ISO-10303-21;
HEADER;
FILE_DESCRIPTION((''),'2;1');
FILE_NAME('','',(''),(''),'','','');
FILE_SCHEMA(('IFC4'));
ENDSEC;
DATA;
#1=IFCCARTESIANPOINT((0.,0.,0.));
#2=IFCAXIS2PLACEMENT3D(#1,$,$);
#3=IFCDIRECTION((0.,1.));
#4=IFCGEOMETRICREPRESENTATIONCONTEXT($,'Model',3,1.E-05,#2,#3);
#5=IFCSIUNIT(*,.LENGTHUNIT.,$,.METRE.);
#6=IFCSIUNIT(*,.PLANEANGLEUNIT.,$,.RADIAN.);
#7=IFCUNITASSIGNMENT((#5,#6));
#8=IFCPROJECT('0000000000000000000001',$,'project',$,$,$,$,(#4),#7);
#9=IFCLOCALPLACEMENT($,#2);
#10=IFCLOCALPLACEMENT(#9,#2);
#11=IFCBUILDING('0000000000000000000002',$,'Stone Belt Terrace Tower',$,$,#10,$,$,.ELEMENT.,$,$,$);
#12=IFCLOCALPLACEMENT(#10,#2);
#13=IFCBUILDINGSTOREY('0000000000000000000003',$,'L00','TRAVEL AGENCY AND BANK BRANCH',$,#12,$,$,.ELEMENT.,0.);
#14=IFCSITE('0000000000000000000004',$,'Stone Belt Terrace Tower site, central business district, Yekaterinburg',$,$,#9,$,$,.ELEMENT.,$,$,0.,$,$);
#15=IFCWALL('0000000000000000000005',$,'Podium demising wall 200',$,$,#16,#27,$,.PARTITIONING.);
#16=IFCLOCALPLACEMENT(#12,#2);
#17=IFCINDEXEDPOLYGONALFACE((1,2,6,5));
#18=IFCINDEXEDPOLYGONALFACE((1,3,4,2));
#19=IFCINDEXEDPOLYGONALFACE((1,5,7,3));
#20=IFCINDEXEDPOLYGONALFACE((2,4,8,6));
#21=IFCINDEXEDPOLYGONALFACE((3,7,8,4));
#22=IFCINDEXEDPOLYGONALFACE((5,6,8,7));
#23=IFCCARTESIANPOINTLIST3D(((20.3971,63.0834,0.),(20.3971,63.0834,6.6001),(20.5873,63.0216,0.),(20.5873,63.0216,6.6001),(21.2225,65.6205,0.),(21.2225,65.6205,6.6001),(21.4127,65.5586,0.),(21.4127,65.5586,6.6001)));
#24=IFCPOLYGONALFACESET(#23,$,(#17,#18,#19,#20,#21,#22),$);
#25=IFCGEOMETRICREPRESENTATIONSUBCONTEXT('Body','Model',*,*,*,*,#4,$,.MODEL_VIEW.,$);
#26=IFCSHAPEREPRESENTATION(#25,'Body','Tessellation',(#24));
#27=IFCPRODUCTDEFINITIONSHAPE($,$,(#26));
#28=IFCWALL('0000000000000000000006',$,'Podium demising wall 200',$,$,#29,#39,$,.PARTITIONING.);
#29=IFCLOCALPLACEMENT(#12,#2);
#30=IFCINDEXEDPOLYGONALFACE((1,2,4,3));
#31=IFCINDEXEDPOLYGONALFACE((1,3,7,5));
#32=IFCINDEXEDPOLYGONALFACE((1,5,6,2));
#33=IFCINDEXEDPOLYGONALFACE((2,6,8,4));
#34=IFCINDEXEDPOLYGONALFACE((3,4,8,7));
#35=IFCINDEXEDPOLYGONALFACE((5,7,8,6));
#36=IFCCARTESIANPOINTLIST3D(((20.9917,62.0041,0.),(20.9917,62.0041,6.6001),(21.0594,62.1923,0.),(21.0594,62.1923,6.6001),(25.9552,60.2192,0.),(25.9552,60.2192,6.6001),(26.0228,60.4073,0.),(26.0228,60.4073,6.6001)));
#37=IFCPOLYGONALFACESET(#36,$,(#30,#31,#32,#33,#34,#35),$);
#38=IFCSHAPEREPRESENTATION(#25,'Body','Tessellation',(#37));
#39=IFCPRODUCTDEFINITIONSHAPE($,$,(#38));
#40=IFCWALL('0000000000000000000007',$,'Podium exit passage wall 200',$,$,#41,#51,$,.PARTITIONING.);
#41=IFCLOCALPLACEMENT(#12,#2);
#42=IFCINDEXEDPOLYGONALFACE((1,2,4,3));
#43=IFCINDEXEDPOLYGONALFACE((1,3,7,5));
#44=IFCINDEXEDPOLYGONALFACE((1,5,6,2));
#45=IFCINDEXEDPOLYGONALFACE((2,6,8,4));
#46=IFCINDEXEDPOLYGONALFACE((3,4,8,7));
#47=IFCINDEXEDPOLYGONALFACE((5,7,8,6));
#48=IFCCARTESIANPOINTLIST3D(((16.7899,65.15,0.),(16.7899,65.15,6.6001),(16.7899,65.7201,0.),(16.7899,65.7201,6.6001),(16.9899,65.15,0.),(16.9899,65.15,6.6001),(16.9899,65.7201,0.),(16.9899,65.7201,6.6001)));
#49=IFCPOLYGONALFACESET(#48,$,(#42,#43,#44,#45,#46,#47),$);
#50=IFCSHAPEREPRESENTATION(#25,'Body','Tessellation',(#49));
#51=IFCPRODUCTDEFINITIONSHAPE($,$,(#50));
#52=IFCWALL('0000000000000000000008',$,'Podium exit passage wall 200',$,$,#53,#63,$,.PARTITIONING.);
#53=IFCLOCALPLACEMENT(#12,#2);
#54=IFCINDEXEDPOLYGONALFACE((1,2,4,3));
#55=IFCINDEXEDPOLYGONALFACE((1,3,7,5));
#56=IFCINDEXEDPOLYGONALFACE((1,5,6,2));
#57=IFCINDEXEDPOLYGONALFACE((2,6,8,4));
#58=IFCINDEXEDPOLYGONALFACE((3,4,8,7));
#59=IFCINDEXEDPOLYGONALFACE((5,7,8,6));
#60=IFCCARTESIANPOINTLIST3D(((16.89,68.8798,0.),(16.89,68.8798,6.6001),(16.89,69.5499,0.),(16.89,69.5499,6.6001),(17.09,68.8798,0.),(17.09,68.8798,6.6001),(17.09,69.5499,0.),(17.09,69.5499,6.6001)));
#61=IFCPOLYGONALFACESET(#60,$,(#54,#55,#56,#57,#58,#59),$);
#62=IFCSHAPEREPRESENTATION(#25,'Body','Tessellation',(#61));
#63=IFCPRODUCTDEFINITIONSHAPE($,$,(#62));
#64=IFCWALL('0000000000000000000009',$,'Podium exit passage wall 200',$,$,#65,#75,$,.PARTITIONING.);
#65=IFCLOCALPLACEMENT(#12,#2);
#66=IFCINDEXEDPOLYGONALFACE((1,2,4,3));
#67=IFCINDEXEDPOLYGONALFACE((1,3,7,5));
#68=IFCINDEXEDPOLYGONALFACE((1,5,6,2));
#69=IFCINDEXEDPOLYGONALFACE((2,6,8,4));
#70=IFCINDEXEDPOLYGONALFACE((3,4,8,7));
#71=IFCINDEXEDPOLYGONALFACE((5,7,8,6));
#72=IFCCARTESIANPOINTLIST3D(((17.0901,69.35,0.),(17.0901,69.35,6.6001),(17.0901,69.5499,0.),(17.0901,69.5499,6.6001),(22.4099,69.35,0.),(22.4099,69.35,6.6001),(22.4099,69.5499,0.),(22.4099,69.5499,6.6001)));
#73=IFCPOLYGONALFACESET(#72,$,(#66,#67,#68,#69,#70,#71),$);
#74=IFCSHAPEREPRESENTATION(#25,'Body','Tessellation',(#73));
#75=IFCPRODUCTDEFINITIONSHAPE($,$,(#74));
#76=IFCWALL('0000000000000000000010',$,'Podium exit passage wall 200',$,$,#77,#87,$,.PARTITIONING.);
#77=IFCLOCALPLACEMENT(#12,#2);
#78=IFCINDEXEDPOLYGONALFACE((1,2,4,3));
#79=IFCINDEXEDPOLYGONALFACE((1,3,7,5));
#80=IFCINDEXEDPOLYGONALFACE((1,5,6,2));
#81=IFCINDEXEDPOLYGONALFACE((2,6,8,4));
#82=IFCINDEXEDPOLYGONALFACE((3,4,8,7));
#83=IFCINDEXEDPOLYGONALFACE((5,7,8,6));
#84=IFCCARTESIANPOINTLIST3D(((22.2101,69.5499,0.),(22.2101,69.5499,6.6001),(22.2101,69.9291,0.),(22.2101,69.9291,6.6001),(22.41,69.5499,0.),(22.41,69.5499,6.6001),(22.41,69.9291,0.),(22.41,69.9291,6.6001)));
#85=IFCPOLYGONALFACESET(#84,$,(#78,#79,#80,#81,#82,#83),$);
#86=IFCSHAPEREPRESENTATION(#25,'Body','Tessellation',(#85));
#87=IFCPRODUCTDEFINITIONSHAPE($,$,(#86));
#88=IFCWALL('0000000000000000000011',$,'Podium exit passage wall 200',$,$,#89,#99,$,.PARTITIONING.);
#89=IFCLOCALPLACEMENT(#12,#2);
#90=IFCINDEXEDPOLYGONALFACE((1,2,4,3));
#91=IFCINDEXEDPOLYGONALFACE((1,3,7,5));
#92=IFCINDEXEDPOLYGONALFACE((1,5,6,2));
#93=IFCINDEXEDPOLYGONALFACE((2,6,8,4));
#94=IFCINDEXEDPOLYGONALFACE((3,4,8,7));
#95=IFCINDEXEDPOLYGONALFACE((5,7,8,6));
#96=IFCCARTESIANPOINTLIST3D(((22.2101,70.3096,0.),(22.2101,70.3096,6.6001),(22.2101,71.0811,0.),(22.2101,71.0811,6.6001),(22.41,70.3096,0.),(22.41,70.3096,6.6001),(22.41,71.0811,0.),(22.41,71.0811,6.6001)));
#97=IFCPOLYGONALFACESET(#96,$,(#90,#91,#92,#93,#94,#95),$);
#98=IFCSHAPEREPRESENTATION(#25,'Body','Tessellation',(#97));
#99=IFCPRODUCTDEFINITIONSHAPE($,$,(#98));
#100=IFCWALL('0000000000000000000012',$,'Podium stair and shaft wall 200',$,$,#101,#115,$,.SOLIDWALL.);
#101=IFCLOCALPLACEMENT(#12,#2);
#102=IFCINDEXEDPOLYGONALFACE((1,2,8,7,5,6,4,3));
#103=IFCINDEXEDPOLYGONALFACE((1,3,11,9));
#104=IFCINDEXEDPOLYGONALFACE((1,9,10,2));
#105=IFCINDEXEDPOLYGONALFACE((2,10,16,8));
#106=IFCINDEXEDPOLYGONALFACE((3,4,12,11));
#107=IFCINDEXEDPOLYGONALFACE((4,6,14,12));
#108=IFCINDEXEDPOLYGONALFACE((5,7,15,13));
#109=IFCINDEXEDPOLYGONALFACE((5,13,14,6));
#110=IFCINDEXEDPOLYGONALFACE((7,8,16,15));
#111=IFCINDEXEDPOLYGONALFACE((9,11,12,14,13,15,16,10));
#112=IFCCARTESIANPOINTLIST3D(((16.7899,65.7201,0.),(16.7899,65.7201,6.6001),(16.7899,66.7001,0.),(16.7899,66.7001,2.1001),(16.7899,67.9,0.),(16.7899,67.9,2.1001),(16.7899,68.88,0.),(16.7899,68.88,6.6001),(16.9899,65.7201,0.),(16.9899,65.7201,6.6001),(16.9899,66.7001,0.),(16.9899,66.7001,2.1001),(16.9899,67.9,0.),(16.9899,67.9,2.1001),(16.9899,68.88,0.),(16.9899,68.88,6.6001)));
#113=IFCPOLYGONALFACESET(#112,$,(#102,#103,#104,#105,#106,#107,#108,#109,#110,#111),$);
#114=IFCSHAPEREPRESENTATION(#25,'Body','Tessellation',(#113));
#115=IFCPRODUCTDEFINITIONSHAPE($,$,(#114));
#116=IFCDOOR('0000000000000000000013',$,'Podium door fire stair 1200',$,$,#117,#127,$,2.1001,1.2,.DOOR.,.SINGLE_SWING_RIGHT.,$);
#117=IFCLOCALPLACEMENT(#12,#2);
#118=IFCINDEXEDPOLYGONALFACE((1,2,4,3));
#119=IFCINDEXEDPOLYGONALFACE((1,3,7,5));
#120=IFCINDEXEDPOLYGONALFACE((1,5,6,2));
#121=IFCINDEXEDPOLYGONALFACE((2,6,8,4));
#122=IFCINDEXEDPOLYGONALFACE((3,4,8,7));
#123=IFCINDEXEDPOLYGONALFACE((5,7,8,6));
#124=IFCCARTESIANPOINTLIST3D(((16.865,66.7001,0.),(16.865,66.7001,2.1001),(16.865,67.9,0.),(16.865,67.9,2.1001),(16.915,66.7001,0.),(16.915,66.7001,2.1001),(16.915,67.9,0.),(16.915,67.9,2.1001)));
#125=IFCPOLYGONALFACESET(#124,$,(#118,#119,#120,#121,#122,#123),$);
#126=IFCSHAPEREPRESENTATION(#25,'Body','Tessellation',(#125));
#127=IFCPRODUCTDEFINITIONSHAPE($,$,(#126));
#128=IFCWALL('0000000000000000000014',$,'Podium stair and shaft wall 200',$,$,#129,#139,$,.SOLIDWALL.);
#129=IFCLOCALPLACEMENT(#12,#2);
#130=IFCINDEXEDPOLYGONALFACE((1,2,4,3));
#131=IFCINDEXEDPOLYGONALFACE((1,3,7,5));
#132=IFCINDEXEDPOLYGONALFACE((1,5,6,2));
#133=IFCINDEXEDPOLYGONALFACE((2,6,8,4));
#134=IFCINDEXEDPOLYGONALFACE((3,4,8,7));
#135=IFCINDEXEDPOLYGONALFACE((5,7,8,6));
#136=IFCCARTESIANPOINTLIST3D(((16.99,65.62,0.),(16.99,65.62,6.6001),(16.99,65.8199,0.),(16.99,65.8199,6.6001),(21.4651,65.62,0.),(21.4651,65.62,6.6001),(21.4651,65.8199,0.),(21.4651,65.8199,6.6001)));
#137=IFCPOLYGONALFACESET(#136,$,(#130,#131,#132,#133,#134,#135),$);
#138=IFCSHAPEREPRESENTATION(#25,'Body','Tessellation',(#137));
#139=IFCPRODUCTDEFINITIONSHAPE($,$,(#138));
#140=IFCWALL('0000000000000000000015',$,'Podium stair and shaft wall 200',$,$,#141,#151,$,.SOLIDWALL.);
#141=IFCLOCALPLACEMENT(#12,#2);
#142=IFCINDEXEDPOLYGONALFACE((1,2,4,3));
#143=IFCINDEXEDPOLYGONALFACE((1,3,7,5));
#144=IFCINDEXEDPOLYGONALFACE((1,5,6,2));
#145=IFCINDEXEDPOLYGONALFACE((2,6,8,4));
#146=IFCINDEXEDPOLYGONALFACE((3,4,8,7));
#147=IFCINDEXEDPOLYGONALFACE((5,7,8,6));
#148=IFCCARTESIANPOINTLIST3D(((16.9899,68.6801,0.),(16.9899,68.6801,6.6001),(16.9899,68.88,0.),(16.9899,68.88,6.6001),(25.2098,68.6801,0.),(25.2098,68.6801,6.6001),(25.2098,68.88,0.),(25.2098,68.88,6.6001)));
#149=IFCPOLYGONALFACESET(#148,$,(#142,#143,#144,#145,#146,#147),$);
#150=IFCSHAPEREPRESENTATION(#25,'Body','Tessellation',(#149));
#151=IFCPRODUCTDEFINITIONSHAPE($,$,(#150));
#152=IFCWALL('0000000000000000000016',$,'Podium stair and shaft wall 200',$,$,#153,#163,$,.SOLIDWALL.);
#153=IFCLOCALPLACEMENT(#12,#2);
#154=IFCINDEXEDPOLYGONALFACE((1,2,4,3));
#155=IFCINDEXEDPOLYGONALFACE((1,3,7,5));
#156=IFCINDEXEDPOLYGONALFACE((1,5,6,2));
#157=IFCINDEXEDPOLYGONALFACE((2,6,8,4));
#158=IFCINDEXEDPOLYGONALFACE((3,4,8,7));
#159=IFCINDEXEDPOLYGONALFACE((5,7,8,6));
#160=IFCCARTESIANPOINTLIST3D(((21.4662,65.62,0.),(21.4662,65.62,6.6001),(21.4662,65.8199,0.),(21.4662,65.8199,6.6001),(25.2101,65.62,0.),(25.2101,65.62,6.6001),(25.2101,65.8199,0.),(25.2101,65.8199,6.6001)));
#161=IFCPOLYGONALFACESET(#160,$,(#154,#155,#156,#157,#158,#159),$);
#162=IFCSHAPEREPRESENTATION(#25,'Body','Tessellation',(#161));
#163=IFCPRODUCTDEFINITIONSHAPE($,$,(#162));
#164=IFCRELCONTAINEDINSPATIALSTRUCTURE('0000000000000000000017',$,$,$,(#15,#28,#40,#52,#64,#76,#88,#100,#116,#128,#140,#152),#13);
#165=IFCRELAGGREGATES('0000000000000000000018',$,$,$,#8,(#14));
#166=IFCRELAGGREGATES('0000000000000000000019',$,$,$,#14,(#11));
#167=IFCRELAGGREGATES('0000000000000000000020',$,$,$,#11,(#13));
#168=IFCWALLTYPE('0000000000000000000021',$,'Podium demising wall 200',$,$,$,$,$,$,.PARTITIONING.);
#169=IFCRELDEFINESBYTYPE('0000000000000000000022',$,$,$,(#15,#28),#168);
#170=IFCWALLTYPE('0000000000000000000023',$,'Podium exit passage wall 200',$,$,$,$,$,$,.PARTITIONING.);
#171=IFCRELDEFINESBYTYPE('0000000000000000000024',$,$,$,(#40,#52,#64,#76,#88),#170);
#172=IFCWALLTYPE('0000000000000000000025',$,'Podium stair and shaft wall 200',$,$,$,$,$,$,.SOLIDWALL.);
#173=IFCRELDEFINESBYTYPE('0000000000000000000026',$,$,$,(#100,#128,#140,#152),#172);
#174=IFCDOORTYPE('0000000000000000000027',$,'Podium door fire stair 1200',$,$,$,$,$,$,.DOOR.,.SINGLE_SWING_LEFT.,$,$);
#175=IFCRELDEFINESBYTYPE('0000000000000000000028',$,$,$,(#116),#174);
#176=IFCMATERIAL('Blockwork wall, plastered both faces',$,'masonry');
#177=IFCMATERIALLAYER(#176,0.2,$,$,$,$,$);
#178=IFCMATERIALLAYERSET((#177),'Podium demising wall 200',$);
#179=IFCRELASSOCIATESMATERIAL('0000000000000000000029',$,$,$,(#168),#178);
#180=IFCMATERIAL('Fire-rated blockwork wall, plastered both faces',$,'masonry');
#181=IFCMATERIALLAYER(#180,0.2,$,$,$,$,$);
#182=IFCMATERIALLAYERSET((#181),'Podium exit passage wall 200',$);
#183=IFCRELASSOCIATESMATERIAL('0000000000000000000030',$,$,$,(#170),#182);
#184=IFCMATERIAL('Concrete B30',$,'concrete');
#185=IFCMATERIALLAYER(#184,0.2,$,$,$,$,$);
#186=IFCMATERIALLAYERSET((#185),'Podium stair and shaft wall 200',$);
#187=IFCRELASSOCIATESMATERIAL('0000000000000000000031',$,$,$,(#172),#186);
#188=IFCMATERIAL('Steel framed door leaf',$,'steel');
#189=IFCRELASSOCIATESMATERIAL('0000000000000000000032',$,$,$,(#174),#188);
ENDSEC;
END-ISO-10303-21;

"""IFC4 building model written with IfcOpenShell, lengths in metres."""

from ifc_helpers import new_model, si_unit, direction, frame, frame_2d, origin, place, context, subcontext, project, spatial, rectangle, extrude, material, layer, layer_set, type_object, element, fill, save


model = new_model("IFC4")

# Units and contexts
model_context = context("Model", 3, precision=1e-05, world=origin(), true_north=direction((0.0, 1.0)))
body_context = subcontext(model_context, "Body", "Model", "MODEL_VIEW")
ifc_project = project(units=[si_unit("LENGTHUNIT", "METRE"), si_unit("PLANEANGLEUNIT", "RADIAN")], contexts=[model_context])

# Site, building, storey
site_placement = place(None, origin())
site = spatial("IfcSite", under=ifc_project, at=site_placement, Name="Stone Belt Terrace Tower site, central business district, Yekaterinburg", CompositionType="ELEMENT", RefElevation=0.0)
building_placement = place(site_placement, origin())
building = spatial("IfcBuilding", under=site, at=building_placement, Name="Stone Belt Terrace Tower", CompositionType="ELEMENT")
storey_placement = place(building_placement, origin())
storey = spatial("IfcBuildingStorey", under=building, at=storey_placement, Name="L00", Description="TRAVEL AGENCY AND BANK BRANCH", CompositionType="ELEMENT", Elevation=0.0)

# Walls
ifc_material_1 = material(Name="Blockwork wall, plastered both faces", Category="masonry")
ifc_layer_1 = layer(ifc_material_1, 0.2)
ifc_layer_set_1 = layer_set([ifc_layer_1], Name="Podium demising wall 200")
wall_type_1 = type_object("IfcWallType", Name="Podium demising wall 200", PredefinedType="PARTITIONING", material=ifc_layer_set_1)
wall_1_placement = place(storey_placement, frame((20.4922, 63.0525, 0.0), z_axis=(0.0, 0.0, 1.0), x_axis=(0.309384, 0.950937, 0.0)))
element("IfcWall", 1, at=wall_1_placement, inside=storey, type_object=wall_type_1, Name="Podium demising wall 200", PredefinedType="PARTITIONING", context=body_context, shape_type="SweptSolid", body=[
    extrude(rectangle(XDim=2.668, YDim=0.2, at=frame_2d((1.334, 0.0))), origin(), (0.0, 0.0, 1.0), 6.6001),
])
wall_2_placement = place(storey_placement, frame((21.0256, 62.0981, 0.0), z_axis=(0.0, 0.0, 1.0), x_axis=(0.941002, -0.3384, 0.0)))
element("IfcWall", 2, at=wall_2_placement, inside=storey, type_object=wall_type_1, Name="Podium demising wall 200", PredefinedType="PARTITIONING", context=body_context, shape_type="SweptSolid", body=[
    extrude(rectangle(XDim=5.2747, YDim=0.2, at=frame_2d((2.6372, 0.0))), origin(), (0.0, 0.0, 1.0), 6.6001),
])
ifc_material_2 = material(Name="Fire-rated blockwork wall, plastered both faces", Category="masonry")
ifc_layer_2 = layer(ifc_material_2, 0.2)
ifc_layer_set_2 = layer_set([ifc_layer_2], Name="Podium exit passage wall 200")
wall_type_2 = type_object("IfcWallType", Name="Podium exit passage wall 200", PredefinedType="PARTITIONING", material=ifc_layer_set_2)
wall_3_placement = place(storey_placement, frame((16.8899, 65.1499, 0.0), z_axis=(0.0, 0.0, 1.0), x_axis=(0.0, 1.0, 0.0)))
element("IfcWall", 3, at=wall_3_placement, inside=storey, type_object=wall_type_2, Name="Podium exit passage wall 200", PredefinedType="PARTITIONING", context=body_context, shape_type="SweptSolid", body=[
    extrude(rectangle(XDim=0.5701, YDim=0.2, at=frame_2d((0.2852, 0.0))), origin(), (0.0, 0.0, 1.0), 6.6001),
])
wall_4_placement = place(storey_placement, frame((16.99, 68.8799, 0.0), z_axis=(0.0, 0.0, 1.0), x_axis=(0.0, 1.0, 0.0)))
element("IfcWall", 4, at=wall_4_placement, inside=storey, type_object=wall_type_2, Name="Podium exit passage wall 200", PredefinedType="PARTITIONING", context=body_context, shape_type="SweptSolid", body=[
    extrude(rectangle(XDim=0.6702, YDim=0.2, at=frame_2d((0.335, 0.0))), origin(), (0.0, 0.0, 1.0), 6.6001),
])
wall_5_placement = place(storey_placement, frame((17.0901, 69.45, 0.0), z_axis=(0.0, 0.0, 1.0), x_axis=(1.0, 0.0, 0.0)))
element("IfcWall", 5, at=wall_5_placement, inside=storey, type_object=wall_type_2, Name="Podium exit passage wall 200", PredefinedType="PARTITIONING", context=body_context, shape_type="SweptSolid", body=[
    extrude(rectangle(XDim=5.3198, YDim=0.2, at=frame_2d((2.6599, 0.0))), origin(), (0.0, 0.0, 1.0), 6.6001),
])
wall_6_placement = place(storey_placement, frame((22.3101, 69.55, 0.0), z_axis=(0.0, 0.0, 1.0), x_axis=(0.0, 1.0, 0.0)))
element("IfcWall", 6, at=wall_6_placement, inside=storey, type_object=wall_type_2, Name="Podium exit passage wall 200", PredefinedType="PARTITIONING", context=body_context, shape_type="SweptSolid", body=[
    extrude(rectangle(XDim=0.3792, YDim=0.2, at=frame_2d((0.1895, 0.0))), origin(), (0.0, 0.0, 1.0), 6.6001),
])
wall_7_placement = place(storey_placement, frame((22.3101, 70.3096, 0.0), z_axis=(0.0, 0.0, 1.0), x_axis=(0.0, 1.0, 0.0)))
element("IfcWall", 7, at=wall_7_placement, inside=storey, type_object=wall_type_2, Name="Podium exit passage wall 200", PredefinedType="PARTITIONING", context=body_context, shape_type="SweptSolid", body=[
    extrude(rectangle(XDim=0.7715, YDim=0.2, at=frame_2d((0.3857, 0.0))), origin(), (0.0, 0.0, 1.0), 6.6001),
])

# Wall, opening, door
ifc_material_3 = material(Name="Concrete B30", Category="concrete")
ifc_layer_3 = layer(ifc_material_3, 0.2)
ifc_layer_set_3 = layer_set([ifc_layer_3], Name="Podium stair and shaft wall 200")
wall_type_3 = type_object("IfcWallType", Name="Podium stair and shaft wall 200", PredefinedType="SOLIDWALL", material=ifc_layer_set_3)
wall_8_placement = place(storey_placement, frame((16.8899, 65.72, 0.0), z_axis=(0.0, 0.0, 1.0), x_axis=(0.0, 1.0, 0.0)))
wall_8 = element("IfcWall", 8, at=wall_8_placement, inside=storey, type_object=wall_type_3, Name="Podium stair and shaft wall 200", PredefinedType="SOLIDWALL", context=body_context, shape_type="SweptSolid", body=[
    extrude(rectangle(XDim=3.1599, YDim=0.2, at=frame_2d((1.5801, 0.0))), origin(), (0.0, 0.0, 1.0), 6.6001),
])
opening_1_placement = place(wall_8_placement, frame((0.98, 0.0, 0.0)))
opening_1 = element("IfcOpeningElement", 9, at=opening_1_placement, cuts=wall_8, PredefinedType="OPENING", context=body_context, shape_type="SweptSolid", body=[
    extrude(rectangle(XDim=1.2, YDim=2.1001, at=frame_2d((0.6001, 1.05))), frame((0.0, 0.1099, 0.0), z_axis=(0.0, -1.0, 0.0), x_axis=(1.0, 0.0, 0.0)), (0.0, 0.0, 1.0), 0.22),
])
ifc_material_4 = material(Name="Steel framed door leaf", Category="steel")
door_type_1 = type_object("IfcDoorType", Name="Podium door fire stair 1200", OperationType="SINGLE_SWING_LEFT", PredefinedType="DOOR", material=ifc_material_4)
door_1_placement = place(opening_1_placement, origin())
door_1 = element("IfcDoor", 10, at=door_1_placement, inside=storey, type_object=door_type_1, Name="Podium door fire stair 1200", OperationType="SINGLE_SWING_RIGHT", OverallHeight=2.1001, OverallWidth=1.2, PredefinedType="DOOR", context=body_context, shape_type="SweptSolid", body=[
    extrude(rectangle(XDim=1.2, YDim=2.1001, at=frame_2d((0.6001, 1.05))), frame((0.0, 0.0249, 0.0), z_axis=(0.0, -1.0, 0.0), x_axis=(1.0, 0.0, 0.0)), (0.0, 0.0, 1.0), 0.05),
])
fill(opening_1, door_1)

# Walls
wall_9_placement = place(storey_placement, frame((16.99, 65.72, 0.0), z_axis=(0.0, 0.0, 1.0), x_axis=(1.0, 0.0, 0.0)))
element("IfcWall", 11, at=wall_9_placement, inside=storey, type_object=wall_type_3, Name="Podium stair and shaft wall 200", PredefinedType="SOLIDWALL", context=body_context, shape_type="SweptSolid", body=[
    extrude(rectangle(XDim=4.4751, YDim=0.2, at=frame_2d((2.2375, 0.0))), origin(), (0.0, 0.0, 1.0), 6.6001),
])
wall_10_placement = place(storey_placement, frame((16.99, 68.78, 0.0), z_axis=(0.0, 0.0, 1.0), x_axis=(1.0, 0.0, 0.0)))
element("IfcWall", 12, at=wall_10_placement, inside=storey, type_object=wall_type_3, Name="Podium stair and shaft wall 200", PredefinedType="SOLIDWALL", context=body_context, shape_type="SweptSolid", body=[
    extrude(rectangle(XDim=8.22, YDim=0.2, at=frame_2d((4.1099, 0.0))), origin(), (0.0, 0.0, 1.0), 6.6001),
])
wall_11_placement = place(storey_placement, frame((21.4661, 65.72, 0.0), z_axis=(0.0, 0.0, 1.0), x_axis=(1.0, 0.0, 0.0)))
element("IfcWall", 13, at=wall_11_placement, inside=storey, type_object=wall_type_3, Name="Podium stair and shaft wall 200", PredefinedType="SOLIDWALL", context=body_context, shape_type="SweptSolid", body=[
    extrude(rectangle(XDim=3.7439, YDim=0.2, at=frame_2d((1.8721, 0.0))), origin(), (0.0, 0.0, 1.0), 6.6001),
])

save(model, "model.ifc")
